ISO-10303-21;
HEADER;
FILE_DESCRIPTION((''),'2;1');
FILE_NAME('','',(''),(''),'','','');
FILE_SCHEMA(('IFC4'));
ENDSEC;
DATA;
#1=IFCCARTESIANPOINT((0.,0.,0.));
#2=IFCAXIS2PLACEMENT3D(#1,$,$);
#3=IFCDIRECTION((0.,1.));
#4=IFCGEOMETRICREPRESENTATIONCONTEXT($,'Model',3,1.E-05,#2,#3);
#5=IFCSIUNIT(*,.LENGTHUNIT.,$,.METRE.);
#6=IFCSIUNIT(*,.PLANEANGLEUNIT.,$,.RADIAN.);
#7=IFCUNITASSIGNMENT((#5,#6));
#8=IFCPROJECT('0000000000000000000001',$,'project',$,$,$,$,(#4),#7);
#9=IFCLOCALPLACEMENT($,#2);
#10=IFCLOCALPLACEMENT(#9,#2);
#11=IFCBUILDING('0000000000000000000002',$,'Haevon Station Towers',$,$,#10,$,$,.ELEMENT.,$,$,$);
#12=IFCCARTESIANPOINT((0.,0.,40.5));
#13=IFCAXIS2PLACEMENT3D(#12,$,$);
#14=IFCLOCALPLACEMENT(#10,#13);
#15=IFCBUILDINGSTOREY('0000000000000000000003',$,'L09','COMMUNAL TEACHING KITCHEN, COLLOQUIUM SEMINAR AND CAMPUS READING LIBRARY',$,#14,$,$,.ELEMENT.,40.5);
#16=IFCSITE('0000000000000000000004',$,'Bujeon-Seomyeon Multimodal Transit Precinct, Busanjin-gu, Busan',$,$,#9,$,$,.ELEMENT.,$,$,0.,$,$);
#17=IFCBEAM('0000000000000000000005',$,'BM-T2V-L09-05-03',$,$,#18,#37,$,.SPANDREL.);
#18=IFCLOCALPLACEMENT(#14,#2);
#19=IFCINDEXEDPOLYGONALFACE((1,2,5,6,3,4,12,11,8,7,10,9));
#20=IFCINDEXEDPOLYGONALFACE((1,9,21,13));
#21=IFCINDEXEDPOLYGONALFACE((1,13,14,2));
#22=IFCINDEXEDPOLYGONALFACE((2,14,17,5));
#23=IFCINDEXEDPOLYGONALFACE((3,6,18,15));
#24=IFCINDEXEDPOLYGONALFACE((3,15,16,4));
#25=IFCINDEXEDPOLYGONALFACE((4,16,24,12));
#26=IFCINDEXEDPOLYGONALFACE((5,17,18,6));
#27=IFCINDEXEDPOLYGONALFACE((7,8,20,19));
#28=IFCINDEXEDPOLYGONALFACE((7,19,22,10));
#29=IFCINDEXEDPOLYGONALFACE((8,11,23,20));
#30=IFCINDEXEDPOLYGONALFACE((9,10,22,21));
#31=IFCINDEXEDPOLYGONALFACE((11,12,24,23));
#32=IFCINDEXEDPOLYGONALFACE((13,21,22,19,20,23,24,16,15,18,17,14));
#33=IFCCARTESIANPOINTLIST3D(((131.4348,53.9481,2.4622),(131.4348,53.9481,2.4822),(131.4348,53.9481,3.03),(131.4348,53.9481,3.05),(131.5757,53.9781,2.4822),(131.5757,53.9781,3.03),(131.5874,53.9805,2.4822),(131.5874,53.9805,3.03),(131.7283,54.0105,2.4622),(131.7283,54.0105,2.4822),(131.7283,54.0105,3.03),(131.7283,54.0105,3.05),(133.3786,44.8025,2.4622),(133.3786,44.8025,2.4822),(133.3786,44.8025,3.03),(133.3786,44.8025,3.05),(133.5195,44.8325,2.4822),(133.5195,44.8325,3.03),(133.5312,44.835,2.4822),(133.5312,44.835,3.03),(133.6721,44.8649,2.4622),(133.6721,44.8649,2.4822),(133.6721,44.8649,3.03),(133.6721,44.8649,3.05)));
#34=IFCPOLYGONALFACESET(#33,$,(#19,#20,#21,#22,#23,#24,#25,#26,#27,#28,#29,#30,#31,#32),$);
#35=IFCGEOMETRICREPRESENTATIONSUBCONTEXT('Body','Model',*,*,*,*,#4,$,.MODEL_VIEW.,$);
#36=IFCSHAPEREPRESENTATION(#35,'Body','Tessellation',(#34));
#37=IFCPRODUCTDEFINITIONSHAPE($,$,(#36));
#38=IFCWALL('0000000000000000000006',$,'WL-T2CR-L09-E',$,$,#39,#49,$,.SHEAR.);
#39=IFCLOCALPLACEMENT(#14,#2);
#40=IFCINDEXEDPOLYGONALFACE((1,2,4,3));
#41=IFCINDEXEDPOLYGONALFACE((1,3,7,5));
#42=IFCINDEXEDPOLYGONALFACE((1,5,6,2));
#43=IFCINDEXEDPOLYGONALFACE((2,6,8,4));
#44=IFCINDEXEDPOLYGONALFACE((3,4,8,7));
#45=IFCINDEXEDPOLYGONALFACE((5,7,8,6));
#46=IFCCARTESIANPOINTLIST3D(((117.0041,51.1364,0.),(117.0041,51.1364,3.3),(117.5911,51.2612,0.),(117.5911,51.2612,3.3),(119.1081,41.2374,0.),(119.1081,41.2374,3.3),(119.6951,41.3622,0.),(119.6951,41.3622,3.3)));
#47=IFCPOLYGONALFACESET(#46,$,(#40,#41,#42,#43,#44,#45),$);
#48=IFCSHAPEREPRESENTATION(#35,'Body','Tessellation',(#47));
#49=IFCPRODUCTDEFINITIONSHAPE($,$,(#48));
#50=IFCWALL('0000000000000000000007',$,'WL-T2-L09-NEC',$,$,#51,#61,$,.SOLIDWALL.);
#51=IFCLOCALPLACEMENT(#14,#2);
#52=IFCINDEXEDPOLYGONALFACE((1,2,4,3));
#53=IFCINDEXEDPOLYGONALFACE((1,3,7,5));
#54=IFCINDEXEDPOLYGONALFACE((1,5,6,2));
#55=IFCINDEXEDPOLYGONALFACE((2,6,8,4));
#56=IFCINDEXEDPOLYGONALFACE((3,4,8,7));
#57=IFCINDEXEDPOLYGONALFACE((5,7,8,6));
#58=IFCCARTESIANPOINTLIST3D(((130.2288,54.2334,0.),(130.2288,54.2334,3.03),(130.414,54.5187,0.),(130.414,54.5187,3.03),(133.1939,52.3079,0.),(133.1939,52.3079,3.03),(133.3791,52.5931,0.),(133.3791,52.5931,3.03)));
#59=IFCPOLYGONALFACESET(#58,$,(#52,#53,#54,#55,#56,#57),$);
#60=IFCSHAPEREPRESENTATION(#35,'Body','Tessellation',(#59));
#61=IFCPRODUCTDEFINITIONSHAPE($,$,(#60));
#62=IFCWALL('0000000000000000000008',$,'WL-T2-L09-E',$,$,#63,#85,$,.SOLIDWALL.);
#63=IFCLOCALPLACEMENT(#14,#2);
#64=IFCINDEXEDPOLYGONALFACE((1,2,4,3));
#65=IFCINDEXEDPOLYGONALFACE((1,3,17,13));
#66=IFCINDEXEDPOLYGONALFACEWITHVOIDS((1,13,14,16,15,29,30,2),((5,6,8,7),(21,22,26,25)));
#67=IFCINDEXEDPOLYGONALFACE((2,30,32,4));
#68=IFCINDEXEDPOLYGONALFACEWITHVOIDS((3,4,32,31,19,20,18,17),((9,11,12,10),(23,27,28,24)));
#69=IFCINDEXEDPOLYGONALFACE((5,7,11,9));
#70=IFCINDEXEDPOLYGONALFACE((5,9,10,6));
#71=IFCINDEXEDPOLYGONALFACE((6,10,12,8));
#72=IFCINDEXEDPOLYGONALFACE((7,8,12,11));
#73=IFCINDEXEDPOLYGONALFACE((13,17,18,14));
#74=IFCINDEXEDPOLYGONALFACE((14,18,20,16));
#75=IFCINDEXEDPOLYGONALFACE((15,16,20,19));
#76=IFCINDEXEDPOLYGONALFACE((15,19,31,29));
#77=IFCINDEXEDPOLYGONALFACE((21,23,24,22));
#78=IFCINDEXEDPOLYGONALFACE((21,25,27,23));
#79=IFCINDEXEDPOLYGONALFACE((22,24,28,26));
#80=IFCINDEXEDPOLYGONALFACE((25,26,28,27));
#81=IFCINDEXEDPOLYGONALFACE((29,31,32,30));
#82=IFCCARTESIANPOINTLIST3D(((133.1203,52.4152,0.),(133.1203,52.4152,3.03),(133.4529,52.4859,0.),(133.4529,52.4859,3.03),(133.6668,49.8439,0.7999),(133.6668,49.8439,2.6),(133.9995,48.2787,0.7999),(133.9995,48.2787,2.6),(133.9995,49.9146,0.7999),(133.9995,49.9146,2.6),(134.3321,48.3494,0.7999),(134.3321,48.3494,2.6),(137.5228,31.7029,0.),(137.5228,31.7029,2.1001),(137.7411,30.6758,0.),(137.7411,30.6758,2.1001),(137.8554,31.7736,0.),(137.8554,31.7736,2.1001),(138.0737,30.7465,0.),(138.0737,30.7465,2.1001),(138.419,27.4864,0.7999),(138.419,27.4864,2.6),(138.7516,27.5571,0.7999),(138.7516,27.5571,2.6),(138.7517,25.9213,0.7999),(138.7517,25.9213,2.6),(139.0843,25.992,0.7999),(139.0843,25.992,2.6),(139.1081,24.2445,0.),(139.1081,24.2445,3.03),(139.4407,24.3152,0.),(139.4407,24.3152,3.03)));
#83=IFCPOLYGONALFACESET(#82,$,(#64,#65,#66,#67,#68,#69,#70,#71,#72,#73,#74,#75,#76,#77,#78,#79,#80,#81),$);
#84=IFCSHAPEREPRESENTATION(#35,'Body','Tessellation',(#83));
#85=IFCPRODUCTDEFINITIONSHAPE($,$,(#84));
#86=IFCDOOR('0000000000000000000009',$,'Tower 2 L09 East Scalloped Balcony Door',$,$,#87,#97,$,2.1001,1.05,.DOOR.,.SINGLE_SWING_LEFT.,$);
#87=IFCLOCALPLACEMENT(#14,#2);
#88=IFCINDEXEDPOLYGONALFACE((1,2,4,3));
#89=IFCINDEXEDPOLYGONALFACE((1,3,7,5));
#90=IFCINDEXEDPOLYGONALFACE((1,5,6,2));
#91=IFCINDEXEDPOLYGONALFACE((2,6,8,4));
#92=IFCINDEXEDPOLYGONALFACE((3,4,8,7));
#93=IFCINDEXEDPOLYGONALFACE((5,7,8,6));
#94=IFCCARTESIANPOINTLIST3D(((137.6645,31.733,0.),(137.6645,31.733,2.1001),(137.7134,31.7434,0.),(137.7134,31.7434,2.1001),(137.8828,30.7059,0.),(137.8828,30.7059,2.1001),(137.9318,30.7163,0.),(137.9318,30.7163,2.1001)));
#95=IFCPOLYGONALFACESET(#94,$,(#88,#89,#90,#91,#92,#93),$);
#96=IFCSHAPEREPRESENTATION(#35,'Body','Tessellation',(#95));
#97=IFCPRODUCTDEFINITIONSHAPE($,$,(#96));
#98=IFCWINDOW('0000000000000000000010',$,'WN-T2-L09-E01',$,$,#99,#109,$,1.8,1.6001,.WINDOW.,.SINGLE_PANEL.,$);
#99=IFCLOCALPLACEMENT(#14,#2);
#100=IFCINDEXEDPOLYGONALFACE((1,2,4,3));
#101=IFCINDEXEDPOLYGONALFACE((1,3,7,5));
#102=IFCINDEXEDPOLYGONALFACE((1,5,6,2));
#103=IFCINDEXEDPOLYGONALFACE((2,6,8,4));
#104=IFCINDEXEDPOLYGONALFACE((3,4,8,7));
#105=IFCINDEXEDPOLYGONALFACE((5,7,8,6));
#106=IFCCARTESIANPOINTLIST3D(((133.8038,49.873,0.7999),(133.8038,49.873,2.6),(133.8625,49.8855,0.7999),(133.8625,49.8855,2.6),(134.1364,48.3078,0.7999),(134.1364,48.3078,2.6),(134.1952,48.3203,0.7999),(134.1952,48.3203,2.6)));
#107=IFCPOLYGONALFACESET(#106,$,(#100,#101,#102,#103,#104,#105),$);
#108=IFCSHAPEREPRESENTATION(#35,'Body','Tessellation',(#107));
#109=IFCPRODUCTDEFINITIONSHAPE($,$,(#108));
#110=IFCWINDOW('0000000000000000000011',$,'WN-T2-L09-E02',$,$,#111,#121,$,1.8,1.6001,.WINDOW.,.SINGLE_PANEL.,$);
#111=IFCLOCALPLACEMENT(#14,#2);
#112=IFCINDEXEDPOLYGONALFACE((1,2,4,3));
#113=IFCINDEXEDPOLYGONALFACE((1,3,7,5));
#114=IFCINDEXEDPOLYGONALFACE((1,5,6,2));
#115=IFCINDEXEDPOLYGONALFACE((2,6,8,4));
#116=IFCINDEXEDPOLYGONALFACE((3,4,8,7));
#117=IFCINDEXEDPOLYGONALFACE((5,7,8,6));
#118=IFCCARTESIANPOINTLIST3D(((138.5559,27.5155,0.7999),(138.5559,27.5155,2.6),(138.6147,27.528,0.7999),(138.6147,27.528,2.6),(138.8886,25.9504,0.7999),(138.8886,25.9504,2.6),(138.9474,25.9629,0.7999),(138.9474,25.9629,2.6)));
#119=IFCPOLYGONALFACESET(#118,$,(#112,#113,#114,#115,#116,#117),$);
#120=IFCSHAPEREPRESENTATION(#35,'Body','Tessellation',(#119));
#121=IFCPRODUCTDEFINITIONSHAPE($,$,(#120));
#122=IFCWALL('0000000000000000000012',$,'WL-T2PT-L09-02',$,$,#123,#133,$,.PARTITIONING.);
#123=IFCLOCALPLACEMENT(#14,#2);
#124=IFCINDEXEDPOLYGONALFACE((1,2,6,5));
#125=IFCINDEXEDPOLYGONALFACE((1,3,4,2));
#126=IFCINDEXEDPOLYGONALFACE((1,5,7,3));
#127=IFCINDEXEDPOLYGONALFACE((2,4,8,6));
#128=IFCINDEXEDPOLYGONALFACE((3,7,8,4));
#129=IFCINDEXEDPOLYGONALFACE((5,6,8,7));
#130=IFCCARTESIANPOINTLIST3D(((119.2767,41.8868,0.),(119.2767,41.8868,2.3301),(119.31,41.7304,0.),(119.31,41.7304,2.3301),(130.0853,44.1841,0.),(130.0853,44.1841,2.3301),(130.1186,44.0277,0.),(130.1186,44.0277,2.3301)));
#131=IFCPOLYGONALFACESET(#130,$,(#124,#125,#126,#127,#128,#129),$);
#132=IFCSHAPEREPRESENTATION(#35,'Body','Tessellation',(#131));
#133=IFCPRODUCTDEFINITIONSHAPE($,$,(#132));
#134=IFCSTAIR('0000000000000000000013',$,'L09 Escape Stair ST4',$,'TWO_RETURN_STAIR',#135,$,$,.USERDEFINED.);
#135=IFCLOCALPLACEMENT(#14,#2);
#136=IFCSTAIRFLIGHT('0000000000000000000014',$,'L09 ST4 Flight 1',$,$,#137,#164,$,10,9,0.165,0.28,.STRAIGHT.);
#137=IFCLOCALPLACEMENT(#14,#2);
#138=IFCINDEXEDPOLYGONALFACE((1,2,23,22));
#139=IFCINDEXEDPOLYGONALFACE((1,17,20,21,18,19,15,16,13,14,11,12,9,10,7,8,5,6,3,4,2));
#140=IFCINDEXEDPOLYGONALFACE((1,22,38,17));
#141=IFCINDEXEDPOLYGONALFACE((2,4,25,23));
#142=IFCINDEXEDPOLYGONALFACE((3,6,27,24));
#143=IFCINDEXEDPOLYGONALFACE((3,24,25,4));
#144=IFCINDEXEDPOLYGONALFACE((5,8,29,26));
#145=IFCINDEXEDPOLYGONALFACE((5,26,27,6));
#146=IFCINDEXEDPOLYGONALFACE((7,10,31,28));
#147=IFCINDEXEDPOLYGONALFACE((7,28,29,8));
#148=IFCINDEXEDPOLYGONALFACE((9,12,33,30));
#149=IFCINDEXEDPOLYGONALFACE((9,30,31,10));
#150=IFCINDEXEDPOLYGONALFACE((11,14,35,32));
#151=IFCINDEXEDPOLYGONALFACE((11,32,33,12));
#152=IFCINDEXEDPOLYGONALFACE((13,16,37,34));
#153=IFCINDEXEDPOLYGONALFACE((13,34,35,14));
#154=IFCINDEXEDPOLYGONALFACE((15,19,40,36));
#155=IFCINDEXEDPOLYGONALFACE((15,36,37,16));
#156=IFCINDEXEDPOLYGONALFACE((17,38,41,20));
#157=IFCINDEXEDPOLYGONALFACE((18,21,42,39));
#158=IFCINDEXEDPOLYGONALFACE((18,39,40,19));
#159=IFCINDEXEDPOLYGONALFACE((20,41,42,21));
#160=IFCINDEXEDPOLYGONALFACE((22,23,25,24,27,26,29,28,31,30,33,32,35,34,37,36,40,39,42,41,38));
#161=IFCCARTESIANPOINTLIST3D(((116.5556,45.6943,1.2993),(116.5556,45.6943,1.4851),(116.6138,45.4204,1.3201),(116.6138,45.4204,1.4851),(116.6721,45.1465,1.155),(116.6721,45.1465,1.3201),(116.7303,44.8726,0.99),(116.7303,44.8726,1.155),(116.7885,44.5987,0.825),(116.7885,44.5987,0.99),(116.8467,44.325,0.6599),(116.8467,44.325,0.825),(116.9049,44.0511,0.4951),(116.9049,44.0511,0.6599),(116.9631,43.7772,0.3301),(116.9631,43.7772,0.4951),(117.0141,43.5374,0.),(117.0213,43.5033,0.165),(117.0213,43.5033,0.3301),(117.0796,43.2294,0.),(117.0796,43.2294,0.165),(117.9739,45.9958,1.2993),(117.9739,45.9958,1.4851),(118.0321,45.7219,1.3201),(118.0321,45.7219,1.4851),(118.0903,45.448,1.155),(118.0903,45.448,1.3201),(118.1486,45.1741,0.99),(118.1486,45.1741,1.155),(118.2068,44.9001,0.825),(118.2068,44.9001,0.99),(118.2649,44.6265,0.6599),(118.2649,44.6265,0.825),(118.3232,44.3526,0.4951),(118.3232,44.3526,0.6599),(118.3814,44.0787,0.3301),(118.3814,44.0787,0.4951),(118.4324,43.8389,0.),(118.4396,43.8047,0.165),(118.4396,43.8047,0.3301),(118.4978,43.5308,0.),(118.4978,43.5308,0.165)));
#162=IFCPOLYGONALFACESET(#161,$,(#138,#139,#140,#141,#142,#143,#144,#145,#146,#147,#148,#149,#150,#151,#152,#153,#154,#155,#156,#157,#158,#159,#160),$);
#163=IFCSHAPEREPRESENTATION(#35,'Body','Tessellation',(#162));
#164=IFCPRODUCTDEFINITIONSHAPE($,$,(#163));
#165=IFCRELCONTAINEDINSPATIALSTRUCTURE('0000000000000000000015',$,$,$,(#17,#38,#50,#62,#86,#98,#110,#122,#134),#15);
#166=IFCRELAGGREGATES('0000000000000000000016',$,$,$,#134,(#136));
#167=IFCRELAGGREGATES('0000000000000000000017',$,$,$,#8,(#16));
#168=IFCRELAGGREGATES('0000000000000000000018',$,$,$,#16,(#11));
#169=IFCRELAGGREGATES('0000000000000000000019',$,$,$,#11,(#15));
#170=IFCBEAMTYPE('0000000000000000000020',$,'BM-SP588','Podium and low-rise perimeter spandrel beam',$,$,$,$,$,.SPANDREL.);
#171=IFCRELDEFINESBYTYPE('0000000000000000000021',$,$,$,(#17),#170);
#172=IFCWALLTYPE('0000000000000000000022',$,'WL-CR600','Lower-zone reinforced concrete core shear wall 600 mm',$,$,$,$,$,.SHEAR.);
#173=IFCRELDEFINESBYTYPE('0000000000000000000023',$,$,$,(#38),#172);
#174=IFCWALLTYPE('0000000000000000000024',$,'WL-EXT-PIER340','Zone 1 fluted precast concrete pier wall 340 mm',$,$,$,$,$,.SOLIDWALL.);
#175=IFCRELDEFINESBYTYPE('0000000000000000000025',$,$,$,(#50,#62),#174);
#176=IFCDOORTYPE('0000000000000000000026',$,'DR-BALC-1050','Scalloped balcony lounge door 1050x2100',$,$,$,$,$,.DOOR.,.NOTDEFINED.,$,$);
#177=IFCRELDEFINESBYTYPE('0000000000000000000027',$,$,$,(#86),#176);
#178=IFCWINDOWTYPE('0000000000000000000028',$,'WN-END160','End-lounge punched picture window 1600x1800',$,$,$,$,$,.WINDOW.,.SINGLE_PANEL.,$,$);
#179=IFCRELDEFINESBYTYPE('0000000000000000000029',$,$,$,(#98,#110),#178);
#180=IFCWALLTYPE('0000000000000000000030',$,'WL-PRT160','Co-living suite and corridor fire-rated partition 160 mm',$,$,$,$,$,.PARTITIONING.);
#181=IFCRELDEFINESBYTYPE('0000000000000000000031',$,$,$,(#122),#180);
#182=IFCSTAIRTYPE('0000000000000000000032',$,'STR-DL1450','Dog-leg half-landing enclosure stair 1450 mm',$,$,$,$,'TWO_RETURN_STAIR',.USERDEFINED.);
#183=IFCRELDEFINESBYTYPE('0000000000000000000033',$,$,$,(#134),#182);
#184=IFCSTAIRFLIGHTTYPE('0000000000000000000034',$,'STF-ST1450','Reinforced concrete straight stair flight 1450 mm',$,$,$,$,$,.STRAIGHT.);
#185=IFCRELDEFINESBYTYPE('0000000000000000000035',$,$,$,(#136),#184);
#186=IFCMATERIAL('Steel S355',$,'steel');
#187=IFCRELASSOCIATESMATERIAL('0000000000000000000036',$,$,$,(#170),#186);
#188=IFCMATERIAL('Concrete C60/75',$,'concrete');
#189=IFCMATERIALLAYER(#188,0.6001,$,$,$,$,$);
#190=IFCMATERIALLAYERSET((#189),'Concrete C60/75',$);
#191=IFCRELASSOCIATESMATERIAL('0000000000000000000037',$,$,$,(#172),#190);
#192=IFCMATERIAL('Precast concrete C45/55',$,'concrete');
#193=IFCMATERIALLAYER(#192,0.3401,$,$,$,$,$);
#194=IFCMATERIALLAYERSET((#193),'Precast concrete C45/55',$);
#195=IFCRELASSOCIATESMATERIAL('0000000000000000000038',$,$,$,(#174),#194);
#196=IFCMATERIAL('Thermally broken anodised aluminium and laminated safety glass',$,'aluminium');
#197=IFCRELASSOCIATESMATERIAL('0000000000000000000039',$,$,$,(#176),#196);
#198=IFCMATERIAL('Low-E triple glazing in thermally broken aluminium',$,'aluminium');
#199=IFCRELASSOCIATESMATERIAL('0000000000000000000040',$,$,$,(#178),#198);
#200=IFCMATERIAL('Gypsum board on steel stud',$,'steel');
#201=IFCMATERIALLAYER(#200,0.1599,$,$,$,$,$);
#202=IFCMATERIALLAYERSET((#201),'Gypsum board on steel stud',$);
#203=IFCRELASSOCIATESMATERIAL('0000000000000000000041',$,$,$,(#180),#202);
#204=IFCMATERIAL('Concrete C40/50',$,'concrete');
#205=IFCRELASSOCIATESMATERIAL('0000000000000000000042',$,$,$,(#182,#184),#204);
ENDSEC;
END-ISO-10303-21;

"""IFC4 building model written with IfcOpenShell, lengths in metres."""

from ifc_helpers import new_model, si_unit, direction, frame, frame_2d, origin, origin_2d, place, context, subcontext, project, spatial, polyline, rectangle, i_section, outline, extrude, material, layer, layer_set, material_profile, profile_set, type_object, element, fill, aggregate, save


model = new_model("IFC4")

# Units and contexts
model_context = context("Model", 3, precision=1e-05, world=origin(), true_north=direction((0.0, 1.0)))
body_context = subcontext(model_context, "Body", "Model", "MODEL_VIEW")
ifc_project = project(units=[si_unit("LENGTHUNIT", "METRE"), si_unit("PLANEANGLEUNIT", "RADIAN")], contexts=[model_context])

# Site, building, storey
site_placement = place(None, origin())
site = spatial("IfcSite", under=ifc_project, at=site_placement, Name="Bujeon-Seomyeon Multimodal Transit Precinct, Busanjin-gu, Busan", CompositionType="ELEMENT", RefElevation=0.0)
building_placement = place(site_placement, origin())
building = spatial("IfcBuilding", under=site, at=building_placement, Name="Haevon Station Towers", CompositionType="ELEMENT")
storey_placement = place(building_placement, frame((0.0, 0.0, 40.5)))
storey = spatial("IfcBuildingStorey", under=building, at=storey_placement, Name="L09", Description="COMMUNAL TEACHING KITCHEN, COLLOQUIUM SEMINAR AND CAMPUS READING LIBRARY", CompositionType="ELEMENT", Elevation=40.5)

# Beam
ifc_material_1 = material(Name="Steel S355", Category="steel")
ifc_material_profile_1 = material_profile(ifc_material_1, i_section(OverallWidth=0.3, OverallDepth=0.5879, WebThickness=0.012, FlangeThickness=0.02, at=origin_2d()), Name="H-588x300x12x20")
ifc_profile_set_1 = profile_set([ifc_material_profile_1], Name="Steel S355")
beam_type_1 = type_object("IfcBeamType", Name="BM-SP588", Description="Podium and low-rise perimeter spandrel beam", PredefinedType="SPANDREL", material=ifc_profile_set_1)
beam_1_placement = place(storey_placement, frame((133.5254, 44.8337, 2.7561), z_axis=(-0.207902, 0.97815, 0.0), x_axis=(-0.97815, -0.207902, 0.0)))
element("IfcBeam", 1, at=beam_1_placement, inside=storey, type_object=beam_type_1, Name="BM-T2V-L09-05-03", PredefinedType="SPANDREL", context=body_context, shape_type="SweptSolid", body=[
    extrude(i_section(OverallWidth=0.3, OverallDepth=0.5879, WebThickness=0.012, FlangeThickness=0.02, at=origin_2d()), origin(), (0.0, 0.0, 1.0), 9.3499),
])

# Walls
ifc_material_2 = material(Name="Concrete C60/75", Category="concrete")
ifc_layer_1 = layer(ifc_material_2, 0.6001)
ifc_layer_set_1 = layer_set([ifc_layer_1], Name="Concrete C60/75")
wall_type_1 = type_object("IfcWallType", Name="WL-CR600", Description="Lower-zone reinforced concrete core shear wall 600 mm", PredefinedType="SHEAR", material=ifc_layer_set_1)
wall_1_placement = place(storey_placement, frame((119.4016, 41.2998, 0.0), z_axis=(0.0, 0.0, 1.0), x_axis=(-0.207904, 0.978149, 0.0)))
element("IfcWall", 2, at=wall_1_placement, inside=storey, type_object=wall_type_1, Name="WL-T2CR-L09-E", PredefinedType="SHEAR", context=body_context, shape_type="SweptSolid", body=[
    extrude(rectangle(XDim=10.1201, YDim=0.6001, at=frame_2d((5.0601, 0.0))), origin(), (0.0, 0.0, 1.0), 3.3),
])
ifc_material_3 = material(Name="Precast concrete C45/55", Category="concrete")
ifc_layer_2 = layer(ifc_material_3, 0.3401)
ifc_layer_set_2 = layer_set([ifc_layer_2], Name="Precast concrete C45/55")
wall_type_2 = type_object("IfcWallType", Name="WL-EXT-PIER340", Description="Zone 1 fluted precast concrete pier wall 340 mm", PredefinedType="SOLIDWALL", material=ifc_layer_set_2)
wall_2_placement = place(storey_placement, frame((130.3215, 54.376, 0.0), z_axis=(0.0, 0.0, 1.0), x_axis=(0.838672, -0.544636, 0.0)))
element("IfcWall", 3, at=wall_2_placement, inside=storey, type_object=wall_type_2, Name="WL-T2-L09-NEC", PredefinedType="SOLIDWALL", context=body_context, shape_type="SweptSolid", body=[
    extrude(rectangle(XDim=3.5354, YDim=0.3401, at=frame_2d((1.7676, 0.0))), origin(), (0.0, 0.0, 1.0), 3.03),
])

# Wall, openings, door, windows
wall_3_placement = place(storey_placement, frame((133.2866, 52.4504, 0.0), z_axis=(0.0, 0.0, 1.0), x_axis=(0.20791, -0.978148, 0.0)))
wall_3 = element("IfcWall", 4, at=wall_3_placement, inside=storey, type_object=wall_type_2, Name="WL-T2-L09-E", PredefinedType="SOLIDWALL", context=body_context, shape_type="SweptSolid", body=[
    extrude(rectangle(XDim=28.8, YDim=0.3401, at=frame_2d((14.3999, 0.0))), origin(), (0.0, 0.0, 1.0), 3.03),
])
opening_1_placement = place(wall_3_placement, frame((21.175, 0.0, 0.0)))
opening_1 = element("IfcOpeningElement", 5, at=opening_1_placement, cuts=wall_3, PredefinedType="OPENING", context=body_context, shape_type="SweptSolid", body=[
    extrude(rectangle(XDim=1.05, YDim=2.1001, at=frame_2d((0.5249, 1.05))), frame((0.0, 0.1799, 0.0), z_axis=(0.0, -1.0, 0.0), x_axis=(1.0, 0.0, 0.0)), (0.0, 0.0, 1.0), 0.3601),
])
opening_2_placement = place(wall_3_placement, frame((2.6287, 0.0, 0.8)))
opening_2 = element("IfcOpeningElement", 6, at=opening_2_placement, cuts=wall_3, PredefinedType="OPENING", context=body_context, shape_type="SweptSolid", body=[
    extrude(rectangle(XDim=1.6001, YDim=1.8, at=frame_2d((0.8, 0.8999))), frame((0.0, 0.1799, 0.0), z_axis=(0.0, -1.0, 0.0), x_axis=(1.0, 0.0, 0.0)), (0.0, 0.0, 1.0), 0.3601),
])
opening_3_placement = place(wall_3_placement, frame((25.4856, 0.0, 0.8)))
opening_3 = element("IfcOpeningElement", 7, at=opening_3_placement, cuts=wall_3, PredefinedType="OPENING", context=body_context, shape_type="SweptSolid", body=[
    extrude(rectangle(XDim=1.6001, YDim=1.8, at=frame_2d((0.8, 0.8999))), frame((0.0, 0.1799, 0.0), z_axis=(0.0, -1.0, 0.0), x_axis=(1.0, 0.0, 0.0)), (0.0, 0.0, 1.0), 0.3601),
])
ifc_material_4 = material(Name="Thermally broken anodised aluminium and laminated safety glass", Category="aluminium")
door_type = type_object("IfcDoorType", Name="DR-BALC-1050", Description="Scalloped balcony lounge door 1050x2100", OperationType="NOTDEFINED", PredefinedType="DOOR", material=ifc_material_4)
door_placement = place(opening_1_placement, origin())
door = element("IfcDoor", 8, at=door_placement, inside=storey, type_object=door_type, Name="Tower 2 L09 East Scalloped Balcony Door", OperationType="SINGLE_SWING_LEFT", OverallHeight=2.1001, OverallWidth=1.05, PredefinedType="DOOR", context=body_context, shape_type="SweptSolid", body=[
    extrude(rectangle(XDim=1.05, YDim=2.1001, at=frame_2d((0.5249, 1.05))), frame((0.0, 0.0249, 0.0), z_axis=(0.0, -1.0, 0.0), x_axis=(1.0, 0.0, 0.0)), (0.0, 0.0, 1.0), 0.05),
])
fill(opening_1, door)
ifc_material_5 = material(Name="Low-E triple glazing in thermally broken aluminium", Category="aluminium")
window_type = type_object("IfcWindowType", Name="WN-END160", Description="End-lounge punched picture window 1600x1800", PartitioningType="SINGLE_PANEL", PredefinedType="WINDOW", material=ifc_material_5)
window_1_placement = place(opening_2_placement, origin())
window_1 = element("IfcWindow", 9, at=window_1_placement, inside=storey, type_object=window_type, Name="WN-T2-L09-E01", OverallHeight=1.8, OverallWidth=1.6001, PartitioningType="SINGLE_PANEL", PredefinedType="WINDOW", context=body_context, shape_type="SweptSolid", body=[
    extrude(rectangle(XDim=1.6001, YDim=1.8, at=frame_2d((0.8, 0.8999))), frame((0.0, 0.03, 0.0), z_axis=(0.0, -1.0, 0.0), x_axis=(1.0, 0.0, 0.0)), (0.0, 0.0, 1.0), 0.0601),
])
fill(opening_2, window_1)
window_2_placement = place(opening_3_placement, origin())
window_2 = element("IfcWindow", 10, at=window_2_placement, inside=storey, type_object=window_type, Name="WN-T2-L09-E02", OverallHeight=1.8, OverallWidth=1.6001, PartitioningType="SINGLE_PANEL", PredefinedType="WINDOW", context=body_context, shape_type="SweptSolid", body=[
    extrude(rectangle(XDim=1.6001, YDim=1.8, at=frame_2d((0.8, 0.8999))), frame((0.0, 0.03, 0.0), z_axis=(0.0, -1.0, 0.0), x_axis=(1.0, 0.0, 0.0)), (0.0, 0.0, 1.0), 0.0601),
])
fill(opening_3, window_2)

# Wall
ifc_material_6 = material(Name="Gypsum board on steel stud", Category="steel")
ifc_layer_3 = layer(ifc_material_6, 0.1599)
ifc_layer_set_3 = layer_set([ifc_layer_3], Name="Gypsum board on steel stud")
wall_type_3 = type_object("IfcWallType", Name="WL-PRT160", Description="Co-living suite and corridor fire-rated partition 160 mm", PredefinedType="PARTITIONING", material=ifc_layer_set_3)
wall_4_placement = place(storey_placement, frame((119.2935, 41.8086, 0.0), z_axis=(0.0, 0.0, 1.0), x_axis=(0.978149, 0.207905, 0.0)))
element("IfcWall", 11, at=wall_4_placement, inside=storey, type_object=wall_type_3, Name="WL-T2PT-L09-02", PredefinedType="PARTITIONING", context=body_context, shape_type="SweptSolid", body=[
    extrude(rectangle(XDim=11.05, YDim=0.1599, at=frame_2d((5.5249, 0.0))), origin(), (0.0, 0.0, 1.0), 2.3301),
])

# Stair, stair flight
ifc_material_7 = material(Name="Concrete C40/50", Category="concrete")
stair_type = type_object("IfcStairType", Name="STR-DL1450", Description="Dog-leg half-landing enclosure stair 1450 mm", ElementType="TWO_RETURN_STAIR", PredefinedType="USERDEFINED", material=ifc_material_7)
stair_placement = place(storey_placement, origin())
stair = element("IfcStair", 12, at=stair_placement, inside=storey, type_object=stair_type, Name="L09 Escape Stair ST4", ObjectType="TWO_RETURN_STAIR", PredefinedType="USERDEFINED")
stair_flight_type = type_object("IfcStairFlightType", Name="STF-ST1450", Description="Reinforced concrete straight stair flight 1450 mm", PredefinedType="STRAIGHT", material=ifc_material_7)
stair_flight_placement = place(storey_placement, frame((117.7888, 43.3801, 0.0), z_axis=(0.0, 0.0, 1.0), x_axis=(-0.207912, 0.978148, 0.0)))
stair_flight = element("IfcStairFlight", 13, at=stair_flight_placement, type_object=stair_flight_type, Name="L09 ST4 Flight 1", NumberOfRisers=10, NumberOfTreads=9, PredefinedType="STRAIGHT", RiserHeight=0.165, TreadLength=0.28, context=body_context, shape_type="SweptSolid", body=[
    extrude(outline(polyline([(0.0, 0.0), (0.0, 0.165), (0.28, 0.165), (0.28, 0.3301), (0.5601, 0.3301), (0.5601, 0.4951), (0.8401, 0.4951), (0.8401, 0.6599), (1.1201, 0.6599), (1.1201, 0.825), (1.3999, 0.825), (1.3999, 0.99), (1.6799, 0.99), (1.6799, 1.155), (1.96, 1.155), (1.96, 1.3201), (2.24, 1.3201), (2.24, 1.4851), (2.52, 1.4851), (2.52, 1.6499), (2.52, 1.2993), (0.3149, 0.0), (0.0, 0.0)])), frame((0.0, 0.7251, 0.0), z_axis=(0.0, -1.0, 0.0), x_axis=(1.0, 0.0, 0.0)), (0.0, 0.0, 1.0), 1.45),
])
aggregate(stair, [stair_flight])

save(model, "model.ifc")
